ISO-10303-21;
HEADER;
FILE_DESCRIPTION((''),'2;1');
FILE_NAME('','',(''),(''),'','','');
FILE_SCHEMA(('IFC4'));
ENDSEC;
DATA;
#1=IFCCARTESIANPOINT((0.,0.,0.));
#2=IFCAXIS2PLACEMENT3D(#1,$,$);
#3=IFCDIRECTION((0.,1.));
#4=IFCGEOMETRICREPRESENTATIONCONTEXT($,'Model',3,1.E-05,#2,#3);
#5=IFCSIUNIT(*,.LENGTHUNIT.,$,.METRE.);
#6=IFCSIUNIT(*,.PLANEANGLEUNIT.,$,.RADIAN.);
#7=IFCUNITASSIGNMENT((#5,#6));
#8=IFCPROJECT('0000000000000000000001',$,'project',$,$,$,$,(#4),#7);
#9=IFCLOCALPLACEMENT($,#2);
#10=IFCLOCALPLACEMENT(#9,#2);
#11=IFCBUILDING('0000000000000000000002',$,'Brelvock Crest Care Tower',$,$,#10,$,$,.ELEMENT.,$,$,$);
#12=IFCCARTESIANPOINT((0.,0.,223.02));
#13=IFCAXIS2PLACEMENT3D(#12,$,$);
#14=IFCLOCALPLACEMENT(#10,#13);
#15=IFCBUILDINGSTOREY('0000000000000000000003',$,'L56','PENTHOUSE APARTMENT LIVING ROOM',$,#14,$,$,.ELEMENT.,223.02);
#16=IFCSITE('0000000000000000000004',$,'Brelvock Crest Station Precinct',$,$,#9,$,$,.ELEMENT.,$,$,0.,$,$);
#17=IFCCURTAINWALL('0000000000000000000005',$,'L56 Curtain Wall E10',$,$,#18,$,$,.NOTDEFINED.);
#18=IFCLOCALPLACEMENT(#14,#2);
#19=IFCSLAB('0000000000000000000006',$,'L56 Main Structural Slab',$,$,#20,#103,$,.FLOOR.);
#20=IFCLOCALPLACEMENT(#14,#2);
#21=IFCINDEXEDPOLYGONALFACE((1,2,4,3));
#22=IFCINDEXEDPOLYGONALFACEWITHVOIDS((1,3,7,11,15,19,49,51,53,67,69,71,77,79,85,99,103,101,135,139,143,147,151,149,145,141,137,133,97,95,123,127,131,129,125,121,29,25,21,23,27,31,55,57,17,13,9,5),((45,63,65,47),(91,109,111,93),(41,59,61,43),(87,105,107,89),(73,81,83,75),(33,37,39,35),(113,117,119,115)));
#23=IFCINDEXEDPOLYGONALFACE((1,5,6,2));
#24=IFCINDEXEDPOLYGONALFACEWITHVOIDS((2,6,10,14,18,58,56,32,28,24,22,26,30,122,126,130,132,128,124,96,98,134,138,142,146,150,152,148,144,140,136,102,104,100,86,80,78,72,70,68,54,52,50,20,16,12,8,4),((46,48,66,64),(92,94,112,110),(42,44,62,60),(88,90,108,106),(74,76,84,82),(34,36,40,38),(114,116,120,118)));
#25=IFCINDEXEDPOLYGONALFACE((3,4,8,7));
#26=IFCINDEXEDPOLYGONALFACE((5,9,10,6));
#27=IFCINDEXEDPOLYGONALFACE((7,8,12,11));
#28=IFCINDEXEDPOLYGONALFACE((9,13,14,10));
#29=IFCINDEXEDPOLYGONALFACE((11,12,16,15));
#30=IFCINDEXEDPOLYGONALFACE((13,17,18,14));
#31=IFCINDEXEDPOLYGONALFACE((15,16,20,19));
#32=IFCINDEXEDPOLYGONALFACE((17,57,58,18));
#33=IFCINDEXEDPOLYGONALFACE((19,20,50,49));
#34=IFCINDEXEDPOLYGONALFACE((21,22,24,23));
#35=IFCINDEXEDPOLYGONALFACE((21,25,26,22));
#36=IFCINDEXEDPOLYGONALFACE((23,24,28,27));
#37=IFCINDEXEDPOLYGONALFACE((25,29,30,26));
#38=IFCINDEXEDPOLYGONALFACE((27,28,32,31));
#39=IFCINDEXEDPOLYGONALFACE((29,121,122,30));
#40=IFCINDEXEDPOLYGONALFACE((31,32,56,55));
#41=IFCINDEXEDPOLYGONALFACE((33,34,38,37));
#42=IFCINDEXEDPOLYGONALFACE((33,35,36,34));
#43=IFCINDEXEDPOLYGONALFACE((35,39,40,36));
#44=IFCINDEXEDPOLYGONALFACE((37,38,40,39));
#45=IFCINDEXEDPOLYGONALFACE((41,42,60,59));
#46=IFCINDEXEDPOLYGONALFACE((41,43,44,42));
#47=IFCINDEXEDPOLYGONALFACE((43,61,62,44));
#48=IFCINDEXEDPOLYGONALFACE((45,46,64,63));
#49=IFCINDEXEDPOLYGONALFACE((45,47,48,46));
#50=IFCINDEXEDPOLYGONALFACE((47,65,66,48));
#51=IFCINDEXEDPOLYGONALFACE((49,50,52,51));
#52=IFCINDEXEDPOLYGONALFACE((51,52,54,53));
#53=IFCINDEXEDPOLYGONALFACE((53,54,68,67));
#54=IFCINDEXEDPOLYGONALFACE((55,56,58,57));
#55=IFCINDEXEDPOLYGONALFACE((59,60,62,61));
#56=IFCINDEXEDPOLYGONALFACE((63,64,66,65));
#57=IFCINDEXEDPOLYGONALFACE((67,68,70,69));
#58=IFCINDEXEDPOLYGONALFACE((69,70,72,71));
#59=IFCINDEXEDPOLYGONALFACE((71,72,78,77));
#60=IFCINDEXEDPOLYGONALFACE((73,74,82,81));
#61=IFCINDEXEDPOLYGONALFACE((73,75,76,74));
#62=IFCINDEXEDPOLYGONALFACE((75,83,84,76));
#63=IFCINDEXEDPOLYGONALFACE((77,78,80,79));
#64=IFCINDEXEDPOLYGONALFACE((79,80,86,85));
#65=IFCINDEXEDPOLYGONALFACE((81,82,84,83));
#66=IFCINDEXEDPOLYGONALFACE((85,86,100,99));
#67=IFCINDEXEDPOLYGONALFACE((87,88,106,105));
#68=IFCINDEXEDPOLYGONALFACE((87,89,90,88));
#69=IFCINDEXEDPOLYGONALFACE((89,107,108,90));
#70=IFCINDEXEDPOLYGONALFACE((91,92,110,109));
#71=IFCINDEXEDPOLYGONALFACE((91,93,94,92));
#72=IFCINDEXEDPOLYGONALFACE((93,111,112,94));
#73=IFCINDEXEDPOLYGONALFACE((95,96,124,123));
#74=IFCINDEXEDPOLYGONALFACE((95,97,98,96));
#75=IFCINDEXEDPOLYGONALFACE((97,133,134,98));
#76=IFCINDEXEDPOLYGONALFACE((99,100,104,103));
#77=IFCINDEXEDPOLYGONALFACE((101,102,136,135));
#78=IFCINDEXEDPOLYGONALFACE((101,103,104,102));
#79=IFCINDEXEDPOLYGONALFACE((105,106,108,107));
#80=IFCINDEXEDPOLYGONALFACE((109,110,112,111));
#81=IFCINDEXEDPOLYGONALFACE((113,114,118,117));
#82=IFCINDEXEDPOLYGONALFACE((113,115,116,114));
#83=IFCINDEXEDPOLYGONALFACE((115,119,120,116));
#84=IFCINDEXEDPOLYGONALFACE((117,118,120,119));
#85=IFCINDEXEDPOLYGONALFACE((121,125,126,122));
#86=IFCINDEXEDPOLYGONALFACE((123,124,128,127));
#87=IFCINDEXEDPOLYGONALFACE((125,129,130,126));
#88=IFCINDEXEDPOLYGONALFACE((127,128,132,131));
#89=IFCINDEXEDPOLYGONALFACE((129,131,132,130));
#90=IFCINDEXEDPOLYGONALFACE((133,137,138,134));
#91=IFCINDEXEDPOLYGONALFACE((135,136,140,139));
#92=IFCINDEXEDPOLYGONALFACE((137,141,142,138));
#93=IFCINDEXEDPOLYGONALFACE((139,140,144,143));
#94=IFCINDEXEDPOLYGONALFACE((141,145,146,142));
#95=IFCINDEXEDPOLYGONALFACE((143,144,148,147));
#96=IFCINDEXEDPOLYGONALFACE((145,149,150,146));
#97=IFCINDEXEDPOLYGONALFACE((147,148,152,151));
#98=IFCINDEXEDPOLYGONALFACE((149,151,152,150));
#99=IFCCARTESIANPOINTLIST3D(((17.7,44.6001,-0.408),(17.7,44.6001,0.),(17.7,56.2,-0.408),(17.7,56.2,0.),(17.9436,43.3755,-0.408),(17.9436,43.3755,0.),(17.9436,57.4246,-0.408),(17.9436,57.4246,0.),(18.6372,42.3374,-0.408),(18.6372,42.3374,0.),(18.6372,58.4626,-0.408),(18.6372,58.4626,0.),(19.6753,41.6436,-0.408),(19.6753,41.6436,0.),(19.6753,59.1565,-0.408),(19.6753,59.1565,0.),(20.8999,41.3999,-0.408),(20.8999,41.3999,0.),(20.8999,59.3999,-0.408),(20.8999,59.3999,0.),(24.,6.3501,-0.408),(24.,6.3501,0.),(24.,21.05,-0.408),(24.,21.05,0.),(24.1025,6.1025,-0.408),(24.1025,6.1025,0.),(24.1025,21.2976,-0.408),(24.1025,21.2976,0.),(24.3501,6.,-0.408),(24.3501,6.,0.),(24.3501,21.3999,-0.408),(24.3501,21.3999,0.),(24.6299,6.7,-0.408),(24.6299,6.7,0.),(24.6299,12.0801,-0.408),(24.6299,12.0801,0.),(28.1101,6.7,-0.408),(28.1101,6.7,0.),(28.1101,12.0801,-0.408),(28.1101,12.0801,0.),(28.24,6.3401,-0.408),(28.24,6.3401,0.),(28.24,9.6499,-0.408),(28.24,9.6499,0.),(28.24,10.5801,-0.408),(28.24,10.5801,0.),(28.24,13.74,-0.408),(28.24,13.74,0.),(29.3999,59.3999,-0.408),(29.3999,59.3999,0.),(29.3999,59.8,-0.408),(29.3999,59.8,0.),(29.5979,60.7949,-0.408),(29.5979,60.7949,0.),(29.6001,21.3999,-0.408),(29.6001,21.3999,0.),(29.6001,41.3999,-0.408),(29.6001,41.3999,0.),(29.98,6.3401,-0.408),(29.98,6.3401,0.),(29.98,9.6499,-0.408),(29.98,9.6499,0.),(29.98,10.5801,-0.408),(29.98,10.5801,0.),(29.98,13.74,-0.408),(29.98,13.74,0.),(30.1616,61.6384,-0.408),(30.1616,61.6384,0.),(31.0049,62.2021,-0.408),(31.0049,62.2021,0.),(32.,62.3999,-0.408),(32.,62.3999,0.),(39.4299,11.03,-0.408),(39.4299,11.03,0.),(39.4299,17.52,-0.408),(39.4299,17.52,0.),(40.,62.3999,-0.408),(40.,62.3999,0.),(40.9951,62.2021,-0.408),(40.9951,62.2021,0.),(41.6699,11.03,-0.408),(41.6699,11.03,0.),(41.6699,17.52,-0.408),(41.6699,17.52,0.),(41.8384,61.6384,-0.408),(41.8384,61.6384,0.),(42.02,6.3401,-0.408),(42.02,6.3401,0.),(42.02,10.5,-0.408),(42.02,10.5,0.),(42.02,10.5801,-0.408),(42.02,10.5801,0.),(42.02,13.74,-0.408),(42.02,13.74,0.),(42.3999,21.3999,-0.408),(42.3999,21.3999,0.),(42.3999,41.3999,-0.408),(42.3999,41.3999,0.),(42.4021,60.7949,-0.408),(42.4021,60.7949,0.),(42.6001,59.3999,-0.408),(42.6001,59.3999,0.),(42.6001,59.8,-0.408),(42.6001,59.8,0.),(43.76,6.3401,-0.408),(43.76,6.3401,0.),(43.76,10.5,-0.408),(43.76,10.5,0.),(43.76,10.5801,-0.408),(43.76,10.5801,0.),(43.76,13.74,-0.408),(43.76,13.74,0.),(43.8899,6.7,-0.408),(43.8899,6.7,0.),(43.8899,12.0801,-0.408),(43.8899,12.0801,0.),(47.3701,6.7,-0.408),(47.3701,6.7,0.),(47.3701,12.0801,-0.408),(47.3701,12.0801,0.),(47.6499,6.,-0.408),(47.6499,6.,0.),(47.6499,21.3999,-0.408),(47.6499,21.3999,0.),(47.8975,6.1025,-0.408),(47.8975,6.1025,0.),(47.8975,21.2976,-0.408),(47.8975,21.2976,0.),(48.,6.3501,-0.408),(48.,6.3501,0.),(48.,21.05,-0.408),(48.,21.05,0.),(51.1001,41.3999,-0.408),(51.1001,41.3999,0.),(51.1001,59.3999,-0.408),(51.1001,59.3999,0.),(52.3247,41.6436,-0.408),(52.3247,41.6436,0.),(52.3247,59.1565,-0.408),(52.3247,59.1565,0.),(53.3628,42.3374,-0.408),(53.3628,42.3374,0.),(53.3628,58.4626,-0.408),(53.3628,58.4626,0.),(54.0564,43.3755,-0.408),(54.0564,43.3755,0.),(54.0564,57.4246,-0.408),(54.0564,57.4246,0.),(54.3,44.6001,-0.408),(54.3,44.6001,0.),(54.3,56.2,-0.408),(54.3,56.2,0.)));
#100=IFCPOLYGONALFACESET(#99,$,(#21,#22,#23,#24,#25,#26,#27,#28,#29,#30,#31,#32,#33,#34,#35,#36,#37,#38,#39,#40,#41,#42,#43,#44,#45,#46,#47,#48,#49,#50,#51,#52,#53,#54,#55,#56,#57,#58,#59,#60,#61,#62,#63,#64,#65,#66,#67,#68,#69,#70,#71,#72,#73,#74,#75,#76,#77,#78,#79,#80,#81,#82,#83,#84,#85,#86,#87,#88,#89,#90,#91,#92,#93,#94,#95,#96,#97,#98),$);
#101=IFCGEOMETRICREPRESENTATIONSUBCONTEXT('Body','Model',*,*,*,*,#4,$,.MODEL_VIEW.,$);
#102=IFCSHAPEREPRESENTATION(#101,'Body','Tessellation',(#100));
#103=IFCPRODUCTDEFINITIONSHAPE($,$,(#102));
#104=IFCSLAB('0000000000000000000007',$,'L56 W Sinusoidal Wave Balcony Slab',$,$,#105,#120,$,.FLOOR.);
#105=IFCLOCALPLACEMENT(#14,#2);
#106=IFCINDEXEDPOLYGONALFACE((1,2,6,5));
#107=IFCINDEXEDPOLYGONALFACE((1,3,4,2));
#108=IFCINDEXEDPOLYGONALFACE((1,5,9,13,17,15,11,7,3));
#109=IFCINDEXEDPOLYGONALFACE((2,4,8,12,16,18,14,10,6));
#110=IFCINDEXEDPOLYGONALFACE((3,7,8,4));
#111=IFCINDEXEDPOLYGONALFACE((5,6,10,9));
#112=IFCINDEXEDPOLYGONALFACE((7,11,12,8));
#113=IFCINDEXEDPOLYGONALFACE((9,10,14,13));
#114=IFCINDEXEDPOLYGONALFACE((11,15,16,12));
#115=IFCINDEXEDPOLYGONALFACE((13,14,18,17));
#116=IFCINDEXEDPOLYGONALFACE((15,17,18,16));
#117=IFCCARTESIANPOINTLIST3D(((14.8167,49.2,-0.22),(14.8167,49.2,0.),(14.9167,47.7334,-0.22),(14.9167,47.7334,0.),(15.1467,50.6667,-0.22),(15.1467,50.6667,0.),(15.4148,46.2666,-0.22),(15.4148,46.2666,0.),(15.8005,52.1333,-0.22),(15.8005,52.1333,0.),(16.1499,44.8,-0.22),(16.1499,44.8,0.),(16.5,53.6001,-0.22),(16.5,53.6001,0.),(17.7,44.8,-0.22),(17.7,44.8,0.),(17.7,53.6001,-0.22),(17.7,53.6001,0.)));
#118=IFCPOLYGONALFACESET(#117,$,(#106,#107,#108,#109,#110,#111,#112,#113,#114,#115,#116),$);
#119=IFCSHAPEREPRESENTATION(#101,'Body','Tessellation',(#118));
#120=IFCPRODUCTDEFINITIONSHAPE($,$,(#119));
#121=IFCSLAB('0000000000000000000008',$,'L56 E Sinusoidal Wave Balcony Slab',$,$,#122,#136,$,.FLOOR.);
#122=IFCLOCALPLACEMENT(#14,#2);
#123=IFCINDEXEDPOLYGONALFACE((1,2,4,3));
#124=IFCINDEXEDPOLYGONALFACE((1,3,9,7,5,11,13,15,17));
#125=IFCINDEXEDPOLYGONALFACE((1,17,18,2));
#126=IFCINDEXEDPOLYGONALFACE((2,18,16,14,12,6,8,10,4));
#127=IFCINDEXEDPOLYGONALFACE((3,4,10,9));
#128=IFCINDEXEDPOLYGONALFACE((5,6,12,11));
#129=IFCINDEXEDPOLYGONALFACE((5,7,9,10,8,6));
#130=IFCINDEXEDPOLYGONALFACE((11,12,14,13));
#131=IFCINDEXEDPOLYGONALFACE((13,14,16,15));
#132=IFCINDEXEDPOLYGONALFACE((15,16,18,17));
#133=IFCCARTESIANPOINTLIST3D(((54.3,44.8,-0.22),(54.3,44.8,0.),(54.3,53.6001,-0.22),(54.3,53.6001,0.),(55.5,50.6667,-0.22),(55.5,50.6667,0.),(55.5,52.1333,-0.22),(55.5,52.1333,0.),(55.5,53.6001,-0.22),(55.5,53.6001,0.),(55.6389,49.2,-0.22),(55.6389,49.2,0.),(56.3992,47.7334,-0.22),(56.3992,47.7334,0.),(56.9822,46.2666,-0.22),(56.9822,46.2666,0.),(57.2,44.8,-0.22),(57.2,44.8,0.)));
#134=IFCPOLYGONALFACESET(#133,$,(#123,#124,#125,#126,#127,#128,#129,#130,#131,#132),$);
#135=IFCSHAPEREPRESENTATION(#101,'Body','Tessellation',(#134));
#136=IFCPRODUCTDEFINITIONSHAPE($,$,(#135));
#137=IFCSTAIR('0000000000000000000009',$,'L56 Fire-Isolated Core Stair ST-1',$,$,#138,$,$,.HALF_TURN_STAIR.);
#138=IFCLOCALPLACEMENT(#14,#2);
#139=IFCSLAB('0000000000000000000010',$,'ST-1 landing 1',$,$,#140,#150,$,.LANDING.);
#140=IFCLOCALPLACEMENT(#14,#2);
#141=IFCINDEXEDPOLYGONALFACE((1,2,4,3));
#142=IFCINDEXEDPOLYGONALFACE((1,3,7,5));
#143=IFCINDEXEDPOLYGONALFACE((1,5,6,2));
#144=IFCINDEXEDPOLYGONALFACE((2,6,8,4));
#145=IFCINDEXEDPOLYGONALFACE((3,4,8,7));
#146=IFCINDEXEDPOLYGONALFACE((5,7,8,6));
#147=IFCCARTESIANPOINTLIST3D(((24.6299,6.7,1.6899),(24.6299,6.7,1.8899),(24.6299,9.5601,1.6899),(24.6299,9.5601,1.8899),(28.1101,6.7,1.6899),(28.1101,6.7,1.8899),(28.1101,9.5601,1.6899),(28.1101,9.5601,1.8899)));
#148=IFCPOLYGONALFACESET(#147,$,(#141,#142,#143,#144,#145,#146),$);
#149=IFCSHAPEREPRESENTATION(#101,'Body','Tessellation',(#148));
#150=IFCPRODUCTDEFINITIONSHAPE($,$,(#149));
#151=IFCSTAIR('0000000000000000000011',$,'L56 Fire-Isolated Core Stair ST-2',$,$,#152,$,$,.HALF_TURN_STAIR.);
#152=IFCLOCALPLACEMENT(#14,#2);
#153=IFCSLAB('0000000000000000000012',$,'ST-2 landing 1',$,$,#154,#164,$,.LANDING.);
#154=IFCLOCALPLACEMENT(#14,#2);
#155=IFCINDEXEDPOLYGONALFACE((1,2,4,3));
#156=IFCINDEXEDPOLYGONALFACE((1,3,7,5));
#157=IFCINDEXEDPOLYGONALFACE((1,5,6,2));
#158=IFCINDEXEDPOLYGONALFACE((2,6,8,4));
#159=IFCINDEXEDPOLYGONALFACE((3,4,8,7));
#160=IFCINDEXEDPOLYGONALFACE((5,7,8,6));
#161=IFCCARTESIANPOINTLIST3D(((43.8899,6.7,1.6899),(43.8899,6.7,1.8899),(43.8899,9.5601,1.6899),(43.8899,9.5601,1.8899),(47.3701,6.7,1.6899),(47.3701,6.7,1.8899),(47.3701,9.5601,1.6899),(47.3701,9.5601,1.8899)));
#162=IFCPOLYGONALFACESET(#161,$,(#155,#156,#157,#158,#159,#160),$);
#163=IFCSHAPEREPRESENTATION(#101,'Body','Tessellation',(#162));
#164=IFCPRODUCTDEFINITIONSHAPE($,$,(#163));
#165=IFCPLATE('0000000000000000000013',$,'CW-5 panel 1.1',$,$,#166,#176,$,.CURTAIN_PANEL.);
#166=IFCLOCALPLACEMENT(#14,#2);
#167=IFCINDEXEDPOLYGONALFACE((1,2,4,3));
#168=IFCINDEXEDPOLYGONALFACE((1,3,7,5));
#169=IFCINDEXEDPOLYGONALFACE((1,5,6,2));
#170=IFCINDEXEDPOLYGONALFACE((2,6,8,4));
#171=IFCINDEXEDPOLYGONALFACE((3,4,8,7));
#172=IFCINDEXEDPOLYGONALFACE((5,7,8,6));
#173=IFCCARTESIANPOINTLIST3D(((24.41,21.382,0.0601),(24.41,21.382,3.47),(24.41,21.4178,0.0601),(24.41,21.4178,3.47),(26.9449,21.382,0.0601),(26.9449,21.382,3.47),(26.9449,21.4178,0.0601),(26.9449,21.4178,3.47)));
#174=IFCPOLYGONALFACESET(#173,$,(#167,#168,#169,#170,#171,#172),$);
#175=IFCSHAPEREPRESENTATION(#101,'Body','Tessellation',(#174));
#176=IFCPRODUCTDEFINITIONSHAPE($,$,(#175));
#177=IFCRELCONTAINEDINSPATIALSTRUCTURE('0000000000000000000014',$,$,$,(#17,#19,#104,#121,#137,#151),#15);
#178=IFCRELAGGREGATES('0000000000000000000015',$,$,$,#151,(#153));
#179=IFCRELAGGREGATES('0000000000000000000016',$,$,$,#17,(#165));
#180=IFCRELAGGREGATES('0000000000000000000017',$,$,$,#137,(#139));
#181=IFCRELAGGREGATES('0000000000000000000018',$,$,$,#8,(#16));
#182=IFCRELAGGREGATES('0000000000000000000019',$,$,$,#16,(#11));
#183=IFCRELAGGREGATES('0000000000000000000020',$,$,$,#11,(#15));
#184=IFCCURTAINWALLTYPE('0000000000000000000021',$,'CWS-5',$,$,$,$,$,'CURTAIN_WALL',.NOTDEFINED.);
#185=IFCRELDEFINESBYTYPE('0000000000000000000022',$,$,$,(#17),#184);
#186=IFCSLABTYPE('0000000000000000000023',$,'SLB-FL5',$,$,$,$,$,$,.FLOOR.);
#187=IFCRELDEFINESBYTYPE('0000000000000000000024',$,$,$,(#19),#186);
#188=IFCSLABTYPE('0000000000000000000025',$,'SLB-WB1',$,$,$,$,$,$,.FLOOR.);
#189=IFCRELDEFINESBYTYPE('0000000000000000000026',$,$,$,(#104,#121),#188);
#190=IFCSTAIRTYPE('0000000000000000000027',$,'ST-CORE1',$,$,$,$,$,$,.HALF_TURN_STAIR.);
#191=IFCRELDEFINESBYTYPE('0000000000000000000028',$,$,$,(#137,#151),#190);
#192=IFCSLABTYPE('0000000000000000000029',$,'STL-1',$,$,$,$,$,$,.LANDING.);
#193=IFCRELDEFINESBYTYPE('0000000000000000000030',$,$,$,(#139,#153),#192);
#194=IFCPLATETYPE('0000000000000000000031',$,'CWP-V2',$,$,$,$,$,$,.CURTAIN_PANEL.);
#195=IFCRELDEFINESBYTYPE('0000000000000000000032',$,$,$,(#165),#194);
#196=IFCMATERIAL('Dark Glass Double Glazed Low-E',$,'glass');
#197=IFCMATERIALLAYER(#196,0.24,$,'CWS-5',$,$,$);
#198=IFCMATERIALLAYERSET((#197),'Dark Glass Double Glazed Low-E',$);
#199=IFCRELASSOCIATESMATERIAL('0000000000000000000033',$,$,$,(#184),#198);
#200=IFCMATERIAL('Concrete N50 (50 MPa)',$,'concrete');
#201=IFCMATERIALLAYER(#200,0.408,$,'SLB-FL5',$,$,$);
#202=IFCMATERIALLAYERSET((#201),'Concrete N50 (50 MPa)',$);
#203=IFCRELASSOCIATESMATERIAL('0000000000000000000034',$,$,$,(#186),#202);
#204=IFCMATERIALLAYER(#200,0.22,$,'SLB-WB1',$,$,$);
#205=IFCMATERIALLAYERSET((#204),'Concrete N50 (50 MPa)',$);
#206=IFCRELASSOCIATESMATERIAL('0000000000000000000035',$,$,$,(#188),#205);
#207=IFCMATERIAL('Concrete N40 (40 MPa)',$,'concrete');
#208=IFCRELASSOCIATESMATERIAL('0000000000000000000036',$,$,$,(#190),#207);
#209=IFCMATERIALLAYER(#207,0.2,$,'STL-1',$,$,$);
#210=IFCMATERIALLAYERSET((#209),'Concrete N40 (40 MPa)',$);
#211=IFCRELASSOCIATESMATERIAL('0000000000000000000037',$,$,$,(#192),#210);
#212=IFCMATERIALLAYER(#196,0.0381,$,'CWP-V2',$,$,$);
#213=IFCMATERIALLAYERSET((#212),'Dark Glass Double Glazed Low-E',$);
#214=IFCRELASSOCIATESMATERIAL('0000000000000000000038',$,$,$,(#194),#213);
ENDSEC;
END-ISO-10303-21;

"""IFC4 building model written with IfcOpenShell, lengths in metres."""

from ifc_helpers import new_model, si_unit, direction, frame, origin, origin_2d, place, context, subcontext, project, spatial, polyline, rectangle, outline, extrude, source, transform, mapped, material, layer, layer_set, type_object, element, aggregate, save


model = new_model("IFC4")

# Units and contexts
model_context = context("Model", 3, precision=1e-05, world=origin(), true_north=direction((0.0, 1.0)))
body_context = subcontext(model_context, "Body", "Model", "MODEL_VIEW")
ifc_project = project(units=[si_unit("LENGTHUNIT", "METRE"), si_unit("PLANEANGLEUNIT", "RADIAN")], contexts=[model_context])

# Site, building, storey
site_placement = place(None, origin())
site = spatial("IfcSite", under=ifc_project, at=site_placement, Name="Brelvock Crest Station Precinct", CompositionType="ELEMENT", RefElevation=0.0)
building_placement = place(site_placement, origin())
building = spatial("IfcBuilding", under=site, at=building_placement, Name="Brelvock Crest Care Tower", CompositionType="ELEMENT")
storey_placement = place(building_placement, frame((0.0, 0.0, 223.02)))
storey = spatial("IfcBuildingStorey", under=building, at=storey_placement, Name="L56", Description="PENTHOUSE APARTMENT LIVING ROOM", CompositionType="ELEMENT", Elevation=223.02)

# Curtain wall
ifc_material_1 = material(Name="Dark Glass Double Glazed Low-E", Category="glass")
ifc_layer_1 = layer(ifc_material_1, 0.24, Name="CWS-5")
ifc_layer_set_1 = layer_set([ifc_layer_1], Name="Dark Glass Double Glazed Low-E")
curtain_wall_type = type_object("IfcCurtainWallType", Name="CWS-5", ElementType="CURTAIN_WALL", PredefinedType="NOTDEFINED", material=ifc_layer_set_1)
curtain_wall_placement = place(storey_placement, origin())
curtain_wall = element("IfcCurtainWall", 1, at=curtain_wall_placement, inside=storey, type_object=curtain_wall_type, Name="L56 Curtain Wall E10", PredefinedType="NOTDEFINED")

# Slabs
ifc_material_2 = material(Name="Concrete N50 (50 MPa)", Category="concrete")
ifc_layer_2 = layer(ifc_material_2, 0.408, Name="SLB-FL5")
ifc_layer_set_2 = layer_set([ifc_layer_2], Name="Concrete N50 (50 MPa)")
slab_type_1 = type_object("IfcSlabType", Name="SLB-FL5", PredefinedType="FLOOR", material=ifc_layer_set_2)
slab_1_placement = place(storey_placement, frame((0.0, 0.0, -0.408)))
element("IfcSlab", 2, at=slab_1_placement, inside=storey, type_object=slab_type_1, Name="L56 Main Structural Slab", PredefinedType="FLOOR", context=body_context, shape_type="SweptSolid", body=[
    extrude(outline(polyline([(47.6499, 21.3999), (42.3999, 21.3999), (42.3999, 41.3999), (51.1001, 41.3999), (52.3247, 41.6436), (53.3628, 42.3374), (54.0564, 43.3755), (54.3, 44.6001), (54.3, 56.2), (54.0564, 57.4246), (53.3628, 58.4626), (52.3247, 59.1565), (51.1001, 59.3999), (42.6001, 59.3999), (42.6001, 59.8), (42.4021, 60.7949), (41.8384, 61.6384), (40.9951, 62.2021), (40.0, 62.3999), (32.0, 62.3999), (31.0049, 62.2021), (30.1616, 61.6384), (29.5979, 60.7949), (29.3999, 59.8), (29.3999, 59.3999), (20.8999, 59.3999), (19.6753, 59.1565), (18.6372, 58.4626), (17.9436, 57.4246), (17.7, 56.2), (17.7, 44.6001), (17.9436, 43.3755), (18.6372, 42.3374), (19.6753, 41.6436), (20.8999, 41.3999), (29.6001, 41.3999), (29.6001, 21.3999), (24.3501, 21.3999), (24.1025, 21.2976), (24.0, 21.05), (24.0, 6.3501), (24.1025, 6.1025), (24.3501, 6.0), (47.6499, 6.0), (47.8975, 6.1025), (48.0, 6.3501), (48.0, 21.05), (47.8975, 21.2976), (47.6499, 21.3999)]), holes=[polyline([(28.24, 10.5801), (29.98, 10.5801), (29.98, 13.74), (28.24, 13.74), (28.24, 10.5801)]), polyline([(42.02, 10.5801), (43.76, 10.5801), (43.76, 13.74), (42.02, 13.74), (42.02, 10.5801)]), polyline([(28.24, 6.3401), (29.98, 6.3401), (29.98, 9.6499), (28.24, 9.6499), (28.24, 6.3401)]), polyline([(24.6299, 12.0801), (24.6299, 6.7), (28.1101, 6.7), (28.1101, 12.0801), (24.6299, 12.0801)]), polyline([(43.8899, 12.0801), (43.8899, 6.7), (47.3701, 6.7), (47.3701, 12.0801), (43.8899, 12.0801)]), polyline([(42.02, 6.3401), (43.76, 6.3401), (43.76, 10.5), (42.02, 10.5), (42.02, 6.3401)]), polyline([(39.4299, 11.03), (41.6699, 11.03), (41.6699, 17.52), (39.4299, 17.52), (39.4299, 11.03)])]), origin(), (0.0, 0.0, 1.0), 0.408),
])
ifc_layer_3 = layer(ifc_material_2, 0.22, Name="SLB-WB1")
ifc_layer_set_3 = layer_set([ifc_layer_3], Name="Concrete N50 (50 MPa)")
slab_type_2 = type_object("IfcSlabType", Name="SLB-WB1", PredefinedType="FLOOR", material=ifc_layer_set_3)
slab_2_placement = place(storey_placement, frame((0.0, 0.0, -0.22)))
element("IfcSlab", 3, at=slab_2_placement, inside=storey, type_object=slab_type_2, Name="L56 W Sinusoidal Wave Balcony Slab", PredefinedType="FLOOR", context=body_context, shape_type="SweptSolid", body=[
    extrude(outline(polyline([(17.7, 53.6001), (16.5, 53.6001), (15.8005, 52.1333), (15.1467, 50.6667), (14.8167, 49.2), (14.9167, 47.7334), (15.4148, 46.2666), (16.1499, 44.8), (17.7, 44.8), (17.7, 53.6001)])), origin(), (0.0, 0.0, 1.0), 0.22),
])
slab_3_placement = place(storey_placement, frame((0.0, 0.0, -0.22)))
element("IfcSlab", 4, at=slab_3_placement, inside=storey, type_object=slab_type_2, Name="L56 E Sinusoidal Wave Balcony Slab", PredefinedType="FLOOR", context=body_context, shape_type="SweptSolid", body=[
    extrude(outline(polyline([(54.3, 44.8), (57.2, 44.8), (56.9822, 46.2666), (56.3992, 47.7334), (55.6389, 49.2), (55.5, 50.6667), (55.5, 52.1333), (55.5, 53.6001), (54.3, 53.6001), (54.3, 44.8)])), origin(), (0.0, 0.0, 1.0), 0.22),
])

# Stairs, slabs
ifc_material_3 = material(Name="Concrete N40 (40 MPa)", Category="concrete")
stair_type = type_object("IfcStairType", Name="ST-CORE1", PredefinedType="HALF_TURN_STAIR", material=ifc_material_3)
stair_1_placement = place(storey_placement, origin())
stair_1 = element("IfcStair", 5, at=stair_1_placement, inside=storey, type_object=stair_type, Name="L56 Fire-Isolated Core Stair ST-1", PredefinedType="HALF_TURN_STAIR")
ifc_layer_4 = layer(ifc_material_3, 0.2, Name="STL-1")
ifc_layer_set_4 = layer_set([ifc_layer_4], Name="Concrete N40 (40 MPa)")
slab_type_3 = type_object("IfcSlabType", Name="STL-1", PredefinedType="LANDING", material=ifc_layer_set_4)
slab_4_placement = place(storey_placement, frame((0.0, 0.0, 1.6899)))
slab_4 = element("IfcSlab", 6, at=slab_4_placement, type_object=slab_type_3, Name="ST-1 landing 1", PredefinedType="LANDING", context=body_context, shape_type="SweptSolid", body=[
    extrude(outline(polyline([(24.6299, 9.5601), (24.6299, 6.7), (28.1101, 6.7), (28.1101, 9.5601), (24.6299, 9.5601)])), origin(), (0.0, 0.0, 1.0), 0.2),
])
stair_2_placement = place(storey_placement, origin())
stair_2 = element("IfcStair", 7, at=stair_2_placement, inside=storey, type_object=stair_type, Name="L56 Fire-Isolated Core Stair ST-2", PredefinedType="HALF_TURN_STAIR")
slab_5_placement = place(storey_placement, frame((0.0, 0.0, 1.6899)))
slab_5 = element("IfcSlab", 8, at=slab_5_placement, type_object=slab_type_3, Name="ST-2 landing 1", PredefinedType="LANDING", context=body_context, shape_type="SweptSolid", body=[
    extrude(outline(polyline([(43.8899, 9.5601), (43.8899, 6.7), (47.3701, 6.7), (47.3701, 9.5601), (43.8899, 9.5601)])), origin(), (0.0, 0.0, 1.0), 0.2),
])
aggregate(stair_2, [slab_5])

# Plate
ifc_layer_5 = layer(ifc_material_1, 0.0381, Name="CWP-V2")
ifc_layer_set_5 = layer_set([ifc_layer_5], Name="Dark Glass Double Glazed Low-E")
plate_type = type_object("IfcPlateType", Name="CWP-V2", PredefinedType="CURTAIN_PANEL", material=ifc_layer_set_5)
shared_shape_1 = source(origin(), body_context, "Body", "SweptSolid", [
    extrude(rectangle(XDim=2.5349, YDim=0.0359, at=origin_2d()), origin(), (0.0, 0.0, 1.0), 3.4099),
])
plate_placement = place(storey_placement, frame((25.6775, 21.3999, 0.0601), z_axis=(0.0, 0.0, 1.0), x_axis=(1.0, 0.0, 0.0)))
plate = element("IfcPlate", 9, at=plate_placement, type_object=plate_type, Name="CW-5 panel 1.1", PredefinedType="CURTAIN_PANEL", context=body_context, shape_type="MappedRepresentation", body=[
    mapped(shared_shape_1, transform((0.0, 0.0, 0.0), x_axis=(1.0, 0.0, 0.0), y_axis=(0.0, 1.0, 0.0), z_axis=(0.0, 0.0, 1.0), scale=1.0)),
])
aggregate(curtain_wall, [plate])

aggregate(stair_1, [slab_4])

save(model, "model.ifc")
